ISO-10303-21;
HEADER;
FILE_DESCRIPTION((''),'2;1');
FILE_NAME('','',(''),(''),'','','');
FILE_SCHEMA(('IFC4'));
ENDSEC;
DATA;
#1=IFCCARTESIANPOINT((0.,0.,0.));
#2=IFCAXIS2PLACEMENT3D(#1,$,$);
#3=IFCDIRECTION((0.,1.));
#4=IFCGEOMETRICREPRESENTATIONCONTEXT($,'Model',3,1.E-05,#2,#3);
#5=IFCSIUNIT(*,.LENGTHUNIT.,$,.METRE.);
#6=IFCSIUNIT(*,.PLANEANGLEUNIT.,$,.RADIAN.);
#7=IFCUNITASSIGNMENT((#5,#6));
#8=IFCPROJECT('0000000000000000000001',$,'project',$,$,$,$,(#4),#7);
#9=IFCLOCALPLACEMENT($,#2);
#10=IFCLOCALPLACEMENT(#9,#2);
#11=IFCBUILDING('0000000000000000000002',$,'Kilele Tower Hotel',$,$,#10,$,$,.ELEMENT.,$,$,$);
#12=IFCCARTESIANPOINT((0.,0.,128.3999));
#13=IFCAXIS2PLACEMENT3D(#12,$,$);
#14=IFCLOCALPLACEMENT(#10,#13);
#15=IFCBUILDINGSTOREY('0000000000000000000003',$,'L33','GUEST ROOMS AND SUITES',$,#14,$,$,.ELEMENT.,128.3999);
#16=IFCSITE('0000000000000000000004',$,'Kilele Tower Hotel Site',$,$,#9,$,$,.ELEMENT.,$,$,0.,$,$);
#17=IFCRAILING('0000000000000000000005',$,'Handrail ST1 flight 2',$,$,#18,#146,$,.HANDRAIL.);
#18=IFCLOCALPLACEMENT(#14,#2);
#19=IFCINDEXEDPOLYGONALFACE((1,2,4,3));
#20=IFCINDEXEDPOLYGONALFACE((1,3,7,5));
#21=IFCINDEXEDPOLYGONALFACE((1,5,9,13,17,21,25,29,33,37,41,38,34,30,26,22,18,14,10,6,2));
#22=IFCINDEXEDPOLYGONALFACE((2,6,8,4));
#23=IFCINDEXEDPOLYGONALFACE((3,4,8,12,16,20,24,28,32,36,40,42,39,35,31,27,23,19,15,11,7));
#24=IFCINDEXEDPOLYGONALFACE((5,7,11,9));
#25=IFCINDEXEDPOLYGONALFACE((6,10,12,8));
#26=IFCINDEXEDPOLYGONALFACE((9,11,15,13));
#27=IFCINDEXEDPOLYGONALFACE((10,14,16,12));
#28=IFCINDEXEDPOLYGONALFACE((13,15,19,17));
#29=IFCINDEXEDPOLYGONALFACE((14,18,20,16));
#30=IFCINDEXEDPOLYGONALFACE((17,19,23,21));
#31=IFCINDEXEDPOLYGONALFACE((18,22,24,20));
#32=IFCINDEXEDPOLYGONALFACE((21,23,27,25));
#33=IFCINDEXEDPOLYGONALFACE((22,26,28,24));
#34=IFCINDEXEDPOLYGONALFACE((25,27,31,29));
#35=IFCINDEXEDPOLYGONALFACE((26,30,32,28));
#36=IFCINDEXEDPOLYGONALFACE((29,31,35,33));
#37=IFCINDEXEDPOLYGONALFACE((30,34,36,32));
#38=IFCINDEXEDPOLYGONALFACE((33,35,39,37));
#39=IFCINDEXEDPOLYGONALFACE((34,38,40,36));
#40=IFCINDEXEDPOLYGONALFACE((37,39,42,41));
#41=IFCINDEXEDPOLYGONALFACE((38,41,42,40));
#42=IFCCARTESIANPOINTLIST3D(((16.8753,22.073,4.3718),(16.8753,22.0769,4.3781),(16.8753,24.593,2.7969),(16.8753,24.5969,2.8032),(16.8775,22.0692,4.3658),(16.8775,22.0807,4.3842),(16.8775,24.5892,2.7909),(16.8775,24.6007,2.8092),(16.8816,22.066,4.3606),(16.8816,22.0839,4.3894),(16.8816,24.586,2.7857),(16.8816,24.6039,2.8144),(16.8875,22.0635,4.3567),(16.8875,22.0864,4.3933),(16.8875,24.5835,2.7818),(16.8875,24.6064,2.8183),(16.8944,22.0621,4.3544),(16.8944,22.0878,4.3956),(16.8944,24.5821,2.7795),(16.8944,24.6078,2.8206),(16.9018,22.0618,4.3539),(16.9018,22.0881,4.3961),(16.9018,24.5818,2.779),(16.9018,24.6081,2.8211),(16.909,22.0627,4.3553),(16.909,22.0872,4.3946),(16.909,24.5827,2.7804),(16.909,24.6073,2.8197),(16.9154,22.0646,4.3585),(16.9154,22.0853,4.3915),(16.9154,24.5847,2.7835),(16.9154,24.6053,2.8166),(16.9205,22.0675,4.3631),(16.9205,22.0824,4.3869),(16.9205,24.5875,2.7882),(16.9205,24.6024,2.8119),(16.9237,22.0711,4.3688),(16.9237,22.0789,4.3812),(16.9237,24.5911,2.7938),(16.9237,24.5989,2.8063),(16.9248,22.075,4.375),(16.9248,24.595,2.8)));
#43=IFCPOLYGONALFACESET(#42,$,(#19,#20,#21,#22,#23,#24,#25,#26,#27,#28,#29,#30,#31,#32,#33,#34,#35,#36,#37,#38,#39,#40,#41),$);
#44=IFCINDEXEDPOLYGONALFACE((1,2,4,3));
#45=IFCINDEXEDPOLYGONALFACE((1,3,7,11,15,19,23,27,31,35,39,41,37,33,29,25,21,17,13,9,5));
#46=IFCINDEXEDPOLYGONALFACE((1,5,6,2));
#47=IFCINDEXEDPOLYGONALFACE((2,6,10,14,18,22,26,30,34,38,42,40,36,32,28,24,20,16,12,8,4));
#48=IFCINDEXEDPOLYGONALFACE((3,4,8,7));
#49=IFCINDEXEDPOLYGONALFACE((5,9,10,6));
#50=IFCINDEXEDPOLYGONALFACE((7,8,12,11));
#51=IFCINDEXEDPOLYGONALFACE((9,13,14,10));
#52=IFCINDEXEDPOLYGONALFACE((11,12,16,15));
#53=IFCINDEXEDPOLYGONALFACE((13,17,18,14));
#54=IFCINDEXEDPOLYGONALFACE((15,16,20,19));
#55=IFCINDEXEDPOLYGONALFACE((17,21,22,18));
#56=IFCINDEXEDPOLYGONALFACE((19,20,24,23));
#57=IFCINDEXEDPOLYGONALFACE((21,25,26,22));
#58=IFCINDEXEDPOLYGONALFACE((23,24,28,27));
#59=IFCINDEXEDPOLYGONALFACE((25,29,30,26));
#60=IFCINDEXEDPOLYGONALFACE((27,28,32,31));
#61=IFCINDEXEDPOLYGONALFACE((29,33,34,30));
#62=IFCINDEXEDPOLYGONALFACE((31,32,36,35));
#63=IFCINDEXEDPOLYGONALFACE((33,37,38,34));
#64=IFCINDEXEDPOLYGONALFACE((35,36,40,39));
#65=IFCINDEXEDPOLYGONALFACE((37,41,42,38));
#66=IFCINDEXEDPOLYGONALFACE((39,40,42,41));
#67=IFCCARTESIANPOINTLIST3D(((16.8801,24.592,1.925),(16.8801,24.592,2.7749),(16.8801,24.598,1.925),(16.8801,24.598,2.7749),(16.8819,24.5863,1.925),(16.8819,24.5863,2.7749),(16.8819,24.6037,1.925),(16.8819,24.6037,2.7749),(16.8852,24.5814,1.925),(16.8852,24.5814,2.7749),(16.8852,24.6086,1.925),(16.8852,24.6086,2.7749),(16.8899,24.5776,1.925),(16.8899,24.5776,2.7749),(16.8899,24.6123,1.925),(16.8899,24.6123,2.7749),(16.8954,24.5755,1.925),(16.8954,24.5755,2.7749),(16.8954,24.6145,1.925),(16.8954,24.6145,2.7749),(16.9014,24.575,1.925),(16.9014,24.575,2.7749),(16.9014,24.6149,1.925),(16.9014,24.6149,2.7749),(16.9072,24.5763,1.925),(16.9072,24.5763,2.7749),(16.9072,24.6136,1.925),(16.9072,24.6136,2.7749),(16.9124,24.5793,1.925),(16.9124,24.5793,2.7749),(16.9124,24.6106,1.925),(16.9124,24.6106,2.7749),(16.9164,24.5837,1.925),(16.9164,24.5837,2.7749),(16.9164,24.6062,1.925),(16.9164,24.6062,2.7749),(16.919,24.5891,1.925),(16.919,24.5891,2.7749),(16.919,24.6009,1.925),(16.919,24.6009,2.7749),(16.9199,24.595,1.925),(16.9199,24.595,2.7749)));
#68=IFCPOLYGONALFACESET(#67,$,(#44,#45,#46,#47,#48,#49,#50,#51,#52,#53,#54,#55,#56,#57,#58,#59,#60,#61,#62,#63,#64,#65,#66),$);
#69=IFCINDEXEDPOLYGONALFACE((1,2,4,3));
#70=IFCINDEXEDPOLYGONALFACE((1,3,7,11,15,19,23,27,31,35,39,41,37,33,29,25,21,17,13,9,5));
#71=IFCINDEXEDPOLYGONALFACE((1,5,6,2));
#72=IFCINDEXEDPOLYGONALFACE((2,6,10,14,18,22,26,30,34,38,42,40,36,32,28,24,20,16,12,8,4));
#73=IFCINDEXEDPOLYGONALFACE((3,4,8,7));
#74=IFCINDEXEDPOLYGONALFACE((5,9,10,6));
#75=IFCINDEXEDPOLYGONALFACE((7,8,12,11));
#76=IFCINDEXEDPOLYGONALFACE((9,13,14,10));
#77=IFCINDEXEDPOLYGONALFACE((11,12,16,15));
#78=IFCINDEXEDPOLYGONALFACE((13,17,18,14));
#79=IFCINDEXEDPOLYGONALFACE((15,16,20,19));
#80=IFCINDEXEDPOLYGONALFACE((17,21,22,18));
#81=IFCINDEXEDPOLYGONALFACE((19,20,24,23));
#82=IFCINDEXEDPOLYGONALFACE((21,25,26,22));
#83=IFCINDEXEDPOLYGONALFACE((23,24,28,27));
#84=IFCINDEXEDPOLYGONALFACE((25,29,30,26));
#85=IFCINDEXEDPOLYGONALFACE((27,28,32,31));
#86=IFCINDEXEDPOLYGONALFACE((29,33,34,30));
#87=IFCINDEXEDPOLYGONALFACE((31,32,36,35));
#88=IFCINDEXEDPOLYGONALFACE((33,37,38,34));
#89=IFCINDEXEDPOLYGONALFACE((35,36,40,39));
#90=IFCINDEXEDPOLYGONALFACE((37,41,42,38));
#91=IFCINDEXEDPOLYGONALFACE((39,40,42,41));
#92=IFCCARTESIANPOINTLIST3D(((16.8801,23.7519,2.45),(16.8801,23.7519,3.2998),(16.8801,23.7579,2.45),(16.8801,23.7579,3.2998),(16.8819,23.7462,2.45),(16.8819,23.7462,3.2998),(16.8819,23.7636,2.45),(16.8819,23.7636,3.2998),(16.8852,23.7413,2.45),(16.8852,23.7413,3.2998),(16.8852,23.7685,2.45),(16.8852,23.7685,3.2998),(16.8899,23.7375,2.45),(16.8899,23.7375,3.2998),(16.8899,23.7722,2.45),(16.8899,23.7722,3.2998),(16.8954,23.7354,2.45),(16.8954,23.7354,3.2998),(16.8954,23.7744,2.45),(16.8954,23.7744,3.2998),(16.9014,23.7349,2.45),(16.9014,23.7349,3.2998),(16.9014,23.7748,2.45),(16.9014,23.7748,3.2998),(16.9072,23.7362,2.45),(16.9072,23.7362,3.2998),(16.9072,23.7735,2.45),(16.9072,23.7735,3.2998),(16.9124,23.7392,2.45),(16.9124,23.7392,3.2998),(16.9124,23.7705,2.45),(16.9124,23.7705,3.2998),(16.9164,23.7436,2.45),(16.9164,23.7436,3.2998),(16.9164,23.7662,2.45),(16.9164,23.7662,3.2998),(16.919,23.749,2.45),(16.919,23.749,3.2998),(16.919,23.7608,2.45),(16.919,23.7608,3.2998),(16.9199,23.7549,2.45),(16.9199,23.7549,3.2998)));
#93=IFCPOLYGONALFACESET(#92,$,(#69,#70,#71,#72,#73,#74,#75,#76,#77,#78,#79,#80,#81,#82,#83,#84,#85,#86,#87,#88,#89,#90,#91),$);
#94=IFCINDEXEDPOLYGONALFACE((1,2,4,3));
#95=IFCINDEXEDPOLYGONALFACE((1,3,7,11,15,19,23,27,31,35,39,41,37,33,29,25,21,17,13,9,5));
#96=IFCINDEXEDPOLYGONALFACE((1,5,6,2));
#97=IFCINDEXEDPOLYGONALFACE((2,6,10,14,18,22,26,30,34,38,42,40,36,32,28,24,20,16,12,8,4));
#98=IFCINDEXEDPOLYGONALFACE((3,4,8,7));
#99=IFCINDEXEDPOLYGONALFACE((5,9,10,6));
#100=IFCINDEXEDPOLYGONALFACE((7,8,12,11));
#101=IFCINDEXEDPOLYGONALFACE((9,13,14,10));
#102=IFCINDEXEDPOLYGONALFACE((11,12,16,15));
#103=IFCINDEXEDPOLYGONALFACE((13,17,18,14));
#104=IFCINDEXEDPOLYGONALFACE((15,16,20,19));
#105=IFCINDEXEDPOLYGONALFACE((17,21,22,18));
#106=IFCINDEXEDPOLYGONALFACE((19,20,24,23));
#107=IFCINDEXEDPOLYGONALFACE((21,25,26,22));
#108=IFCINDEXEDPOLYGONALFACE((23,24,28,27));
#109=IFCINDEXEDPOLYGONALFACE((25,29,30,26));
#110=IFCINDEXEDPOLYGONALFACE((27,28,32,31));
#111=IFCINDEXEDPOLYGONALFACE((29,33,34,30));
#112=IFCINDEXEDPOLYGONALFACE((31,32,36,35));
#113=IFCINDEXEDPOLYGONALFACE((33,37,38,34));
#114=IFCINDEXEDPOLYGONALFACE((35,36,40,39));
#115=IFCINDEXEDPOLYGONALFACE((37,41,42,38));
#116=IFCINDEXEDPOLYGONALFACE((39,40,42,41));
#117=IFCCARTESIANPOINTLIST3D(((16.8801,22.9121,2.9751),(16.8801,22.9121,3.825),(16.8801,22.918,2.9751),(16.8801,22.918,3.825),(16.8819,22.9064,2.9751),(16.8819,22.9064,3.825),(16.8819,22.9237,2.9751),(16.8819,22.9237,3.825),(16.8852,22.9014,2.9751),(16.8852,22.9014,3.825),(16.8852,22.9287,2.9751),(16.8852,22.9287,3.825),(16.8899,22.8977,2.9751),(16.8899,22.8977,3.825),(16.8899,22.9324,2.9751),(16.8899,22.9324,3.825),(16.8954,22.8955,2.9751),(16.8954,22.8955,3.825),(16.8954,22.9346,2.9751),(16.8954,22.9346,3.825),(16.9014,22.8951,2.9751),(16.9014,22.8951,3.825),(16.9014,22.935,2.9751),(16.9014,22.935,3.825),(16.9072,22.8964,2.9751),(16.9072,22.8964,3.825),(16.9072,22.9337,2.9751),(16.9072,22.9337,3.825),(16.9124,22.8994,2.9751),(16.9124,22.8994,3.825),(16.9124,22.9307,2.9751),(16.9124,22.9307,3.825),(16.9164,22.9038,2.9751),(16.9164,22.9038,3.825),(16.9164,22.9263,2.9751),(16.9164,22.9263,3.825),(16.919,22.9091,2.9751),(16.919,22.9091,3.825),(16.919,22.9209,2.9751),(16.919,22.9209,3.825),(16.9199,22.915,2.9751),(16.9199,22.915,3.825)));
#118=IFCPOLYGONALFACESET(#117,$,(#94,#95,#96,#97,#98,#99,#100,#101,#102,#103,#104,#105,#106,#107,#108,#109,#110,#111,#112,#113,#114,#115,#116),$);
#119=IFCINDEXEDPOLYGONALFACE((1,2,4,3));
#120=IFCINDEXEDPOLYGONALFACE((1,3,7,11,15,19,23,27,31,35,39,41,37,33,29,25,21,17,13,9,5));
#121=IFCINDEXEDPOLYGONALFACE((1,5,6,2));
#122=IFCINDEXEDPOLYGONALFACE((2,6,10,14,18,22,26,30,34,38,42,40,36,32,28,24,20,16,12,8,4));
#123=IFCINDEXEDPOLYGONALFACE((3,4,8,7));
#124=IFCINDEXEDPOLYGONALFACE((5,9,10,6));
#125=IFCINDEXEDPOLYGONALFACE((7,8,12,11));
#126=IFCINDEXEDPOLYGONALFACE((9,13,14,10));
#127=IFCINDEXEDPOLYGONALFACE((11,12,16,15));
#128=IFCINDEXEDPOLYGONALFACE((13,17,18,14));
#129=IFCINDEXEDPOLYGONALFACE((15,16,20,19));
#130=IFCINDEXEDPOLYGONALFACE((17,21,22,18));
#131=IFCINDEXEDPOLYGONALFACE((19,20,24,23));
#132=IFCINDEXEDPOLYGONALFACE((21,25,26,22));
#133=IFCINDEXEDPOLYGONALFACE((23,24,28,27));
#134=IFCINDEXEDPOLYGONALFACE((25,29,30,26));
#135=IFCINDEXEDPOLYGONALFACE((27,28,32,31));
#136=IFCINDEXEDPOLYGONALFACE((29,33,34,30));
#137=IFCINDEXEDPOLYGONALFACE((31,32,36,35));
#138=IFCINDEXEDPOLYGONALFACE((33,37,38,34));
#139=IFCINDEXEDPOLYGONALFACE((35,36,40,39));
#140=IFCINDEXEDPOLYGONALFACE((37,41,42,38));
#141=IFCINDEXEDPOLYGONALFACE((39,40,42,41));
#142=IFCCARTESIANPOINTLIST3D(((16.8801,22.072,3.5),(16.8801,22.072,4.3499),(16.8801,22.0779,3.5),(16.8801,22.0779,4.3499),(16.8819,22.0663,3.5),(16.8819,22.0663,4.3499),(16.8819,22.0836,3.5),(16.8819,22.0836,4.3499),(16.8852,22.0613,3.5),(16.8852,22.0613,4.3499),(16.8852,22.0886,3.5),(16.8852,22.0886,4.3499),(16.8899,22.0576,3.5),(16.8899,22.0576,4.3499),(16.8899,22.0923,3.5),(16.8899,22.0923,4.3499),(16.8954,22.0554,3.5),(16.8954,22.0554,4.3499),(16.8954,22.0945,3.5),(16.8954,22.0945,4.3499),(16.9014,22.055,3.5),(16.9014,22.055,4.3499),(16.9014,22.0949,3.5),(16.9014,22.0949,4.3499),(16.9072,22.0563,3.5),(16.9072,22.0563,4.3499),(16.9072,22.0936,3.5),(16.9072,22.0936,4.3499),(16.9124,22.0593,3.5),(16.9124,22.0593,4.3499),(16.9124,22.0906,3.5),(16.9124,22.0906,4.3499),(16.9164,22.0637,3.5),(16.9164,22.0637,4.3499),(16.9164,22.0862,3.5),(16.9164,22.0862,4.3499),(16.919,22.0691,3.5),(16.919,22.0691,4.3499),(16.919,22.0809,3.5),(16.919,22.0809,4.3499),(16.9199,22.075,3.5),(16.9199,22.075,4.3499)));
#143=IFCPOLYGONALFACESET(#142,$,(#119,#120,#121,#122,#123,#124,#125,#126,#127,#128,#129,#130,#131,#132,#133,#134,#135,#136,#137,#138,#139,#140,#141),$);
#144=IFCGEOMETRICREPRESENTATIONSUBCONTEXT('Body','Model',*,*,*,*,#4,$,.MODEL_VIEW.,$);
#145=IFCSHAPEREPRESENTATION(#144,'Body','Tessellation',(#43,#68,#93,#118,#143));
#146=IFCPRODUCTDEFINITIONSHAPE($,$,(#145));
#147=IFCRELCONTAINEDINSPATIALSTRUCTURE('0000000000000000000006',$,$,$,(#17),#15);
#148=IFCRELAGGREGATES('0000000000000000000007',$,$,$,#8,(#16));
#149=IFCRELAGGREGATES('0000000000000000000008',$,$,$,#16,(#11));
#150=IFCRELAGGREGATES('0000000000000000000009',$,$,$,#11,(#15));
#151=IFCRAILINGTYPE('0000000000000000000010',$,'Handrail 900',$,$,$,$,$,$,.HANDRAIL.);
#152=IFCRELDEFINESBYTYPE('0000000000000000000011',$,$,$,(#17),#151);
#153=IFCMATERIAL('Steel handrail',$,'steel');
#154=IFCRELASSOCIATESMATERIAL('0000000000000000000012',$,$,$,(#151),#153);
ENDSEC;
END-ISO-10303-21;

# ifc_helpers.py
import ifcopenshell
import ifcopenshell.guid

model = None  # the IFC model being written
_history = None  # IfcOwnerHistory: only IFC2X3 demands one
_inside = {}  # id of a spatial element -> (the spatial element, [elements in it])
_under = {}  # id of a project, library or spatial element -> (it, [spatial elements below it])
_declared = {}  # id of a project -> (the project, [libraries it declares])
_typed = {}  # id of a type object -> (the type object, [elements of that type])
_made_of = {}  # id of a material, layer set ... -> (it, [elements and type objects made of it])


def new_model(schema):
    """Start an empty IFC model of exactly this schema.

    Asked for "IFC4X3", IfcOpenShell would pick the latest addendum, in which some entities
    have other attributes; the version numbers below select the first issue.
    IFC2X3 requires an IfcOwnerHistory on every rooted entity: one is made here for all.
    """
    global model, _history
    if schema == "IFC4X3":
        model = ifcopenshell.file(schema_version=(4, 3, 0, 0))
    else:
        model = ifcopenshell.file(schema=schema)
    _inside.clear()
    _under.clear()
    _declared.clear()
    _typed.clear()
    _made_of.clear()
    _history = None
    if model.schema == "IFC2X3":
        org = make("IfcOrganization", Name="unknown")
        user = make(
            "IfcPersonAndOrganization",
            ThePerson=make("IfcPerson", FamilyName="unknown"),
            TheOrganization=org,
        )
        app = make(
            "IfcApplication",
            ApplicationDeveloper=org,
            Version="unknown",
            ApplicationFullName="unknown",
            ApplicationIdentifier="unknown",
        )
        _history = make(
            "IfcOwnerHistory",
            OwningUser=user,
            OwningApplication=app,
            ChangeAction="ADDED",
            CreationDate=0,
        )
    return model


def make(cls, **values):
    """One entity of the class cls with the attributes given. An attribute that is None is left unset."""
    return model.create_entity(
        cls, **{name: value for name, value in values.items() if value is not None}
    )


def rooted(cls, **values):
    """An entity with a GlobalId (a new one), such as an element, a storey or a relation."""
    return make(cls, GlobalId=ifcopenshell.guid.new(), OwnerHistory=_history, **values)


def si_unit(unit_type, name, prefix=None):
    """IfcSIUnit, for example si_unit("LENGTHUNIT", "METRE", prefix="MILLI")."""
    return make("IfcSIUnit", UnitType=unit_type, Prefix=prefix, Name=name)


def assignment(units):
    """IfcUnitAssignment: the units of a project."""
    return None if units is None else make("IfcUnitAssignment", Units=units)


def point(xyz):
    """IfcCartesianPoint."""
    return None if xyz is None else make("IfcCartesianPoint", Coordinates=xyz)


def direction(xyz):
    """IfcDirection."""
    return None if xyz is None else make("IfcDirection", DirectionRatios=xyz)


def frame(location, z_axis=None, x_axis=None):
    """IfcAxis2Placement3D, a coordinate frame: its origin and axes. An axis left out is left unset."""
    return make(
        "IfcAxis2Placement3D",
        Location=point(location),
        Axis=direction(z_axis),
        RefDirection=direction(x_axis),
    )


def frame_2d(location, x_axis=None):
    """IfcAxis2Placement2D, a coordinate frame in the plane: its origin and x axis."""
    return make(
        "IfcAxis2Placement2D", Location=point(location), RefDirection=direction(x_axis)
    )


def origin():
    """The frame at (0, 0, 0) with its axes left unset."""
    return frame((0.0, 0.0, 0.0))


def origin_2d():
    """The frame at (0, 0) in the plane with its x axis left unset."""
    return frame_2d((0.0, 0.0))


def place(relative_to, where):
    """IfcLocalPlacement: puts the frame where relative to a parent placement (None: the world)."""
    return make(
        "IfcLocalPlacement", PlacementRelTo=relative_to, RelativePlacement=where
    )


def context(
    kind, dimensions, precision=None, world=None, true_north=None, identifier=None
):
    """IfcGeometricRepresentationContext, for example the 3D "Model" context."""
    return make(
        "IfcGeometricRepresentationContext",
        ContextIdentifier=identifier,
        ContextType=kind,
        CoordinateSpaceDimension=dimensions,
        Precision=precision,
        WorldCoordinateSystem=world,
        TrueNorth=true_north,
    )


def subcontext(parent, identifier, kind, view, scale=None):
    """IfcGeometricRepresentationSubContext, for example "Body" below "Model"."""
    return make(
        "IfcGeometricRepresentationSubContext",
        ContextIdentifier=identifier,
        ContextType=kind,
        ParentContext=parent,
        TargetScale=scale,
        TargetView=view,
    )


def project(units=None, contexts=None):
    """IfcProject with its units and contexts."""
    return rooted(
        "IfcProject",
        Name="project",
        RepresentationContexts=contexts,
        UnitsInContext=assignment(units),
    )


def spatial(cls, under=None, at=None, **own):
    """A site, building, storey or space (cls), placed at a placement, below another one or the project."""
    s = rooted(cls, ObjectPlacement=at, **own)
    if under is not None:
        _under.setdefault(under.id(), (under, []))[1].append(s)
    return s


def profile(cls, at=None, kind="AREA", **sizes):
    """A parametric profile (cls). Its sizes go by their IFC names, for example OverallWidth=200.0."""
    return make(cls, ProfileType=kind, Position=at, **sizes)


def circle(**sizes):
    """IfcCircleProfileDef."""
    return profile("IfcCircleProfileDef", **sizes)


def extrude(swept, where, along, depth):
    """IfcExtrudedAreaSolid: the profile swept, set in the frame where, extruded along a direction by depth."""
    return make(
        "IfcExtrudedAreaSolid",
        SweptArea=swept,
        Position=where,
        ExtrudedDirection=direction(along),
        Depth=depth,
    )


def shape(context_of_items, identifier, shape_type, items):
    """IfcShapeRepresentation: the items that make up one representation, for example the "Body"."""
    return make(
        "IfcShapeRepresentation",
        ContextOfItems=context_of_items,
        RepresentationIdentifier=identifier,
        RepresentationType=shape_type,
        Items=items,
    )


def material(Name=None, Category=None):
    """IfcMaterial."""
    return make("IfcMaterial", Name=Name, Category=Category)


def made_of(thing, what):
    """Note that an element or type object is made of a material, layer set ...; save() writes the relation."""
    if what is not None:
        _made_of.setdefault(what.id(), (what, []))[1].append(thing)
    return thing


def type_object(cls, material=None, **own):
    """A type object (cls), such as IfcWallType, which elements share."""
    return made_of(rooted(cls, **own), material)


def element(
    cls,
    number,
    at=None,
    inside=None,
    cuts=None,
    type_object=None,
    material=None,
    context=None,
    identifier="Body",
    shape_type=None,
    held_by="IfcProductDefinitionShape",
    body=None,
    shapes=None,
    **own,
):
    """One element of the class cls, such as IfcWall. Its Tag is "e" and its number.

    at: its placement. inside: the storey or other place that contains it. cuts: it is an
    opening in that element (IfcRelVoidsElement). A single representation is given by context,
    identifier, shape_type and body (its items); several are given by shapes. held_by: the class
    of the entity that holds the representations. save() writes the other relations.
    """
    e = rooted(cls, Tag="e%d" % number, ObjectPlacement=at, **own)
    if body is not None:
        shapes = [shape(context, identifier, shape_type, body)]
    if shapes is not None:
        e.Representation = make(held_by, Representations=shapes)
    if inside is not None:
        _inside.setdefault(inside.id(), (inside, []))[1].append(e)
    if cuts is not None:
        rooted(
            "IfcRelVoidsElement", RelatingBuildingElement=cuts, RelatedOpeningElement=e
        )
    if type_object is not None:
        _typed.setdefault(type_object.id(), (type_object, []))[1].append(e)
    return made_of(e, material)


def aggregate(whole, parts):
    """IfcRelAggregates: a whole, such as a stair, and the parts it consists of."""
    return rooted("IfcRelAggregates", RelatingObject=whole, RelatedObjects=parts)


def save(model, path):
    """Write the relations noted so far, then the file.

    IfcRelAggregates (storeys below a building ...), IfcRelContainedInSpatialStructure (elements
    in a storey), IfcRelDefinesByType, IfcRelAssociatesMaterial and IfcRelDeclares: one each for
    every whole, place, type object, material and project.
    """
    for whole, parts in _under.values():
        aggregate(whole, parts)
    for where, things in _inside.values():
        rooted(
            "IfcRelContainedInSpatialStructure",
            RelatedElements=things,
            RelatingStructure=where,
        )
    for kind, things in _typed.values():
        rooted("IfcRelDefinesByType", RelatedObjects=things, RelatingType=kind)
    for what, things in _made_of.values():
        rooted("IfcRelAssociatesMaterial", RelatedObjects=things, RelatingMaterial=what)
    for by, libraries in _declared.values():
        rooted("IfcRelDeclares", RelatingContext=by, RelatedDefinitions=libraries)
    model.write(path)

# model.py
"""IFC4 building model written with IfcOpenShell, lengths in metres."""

from ifc_helpers import new_model, si_unit, direction, frame, origin, origin_2d, place, context, subcontext, project, spatial, circle, extrude, material, type_object, element, save


model = new_model("IFC4")

# Units and contexts
model_context = context("Model", 3, precision=1e-05, world=origin(), true_north=direction((0.0, 1.0)))
body_context = subcontext(model_context, "Body", "Model", "MODEL_VIEW")
ifc_project = project(units=[si_unit("LENGTHUNIT", "METRE"), si_unit("PLANEANGLEUNIT", "RADIAN")], contexts=[model_context])

# Site, building, storey
site_placement = place(None, origin())
site = spatial("IfcSite", under=ifc_project, at=site_placement, Name="Kilele Tower Hotel Site", CompositionType="ELEMENT", RefElevation=0.0)
building_placement = place(site_placement, origin())
building = spatial("IfcBuilding", under=site, at=building_placement, Name="Kilele Tower Hotel", CompositionType="ELEMENT")
storey_placement = place(building_placement, frame((0.0, 0.0, 128.3999)))
storey = spatial("IfcBuildingStorey", under=building, at=storey_placement, Name="L33", Description="GUEST ROOMS AND SUITES", CompositionType="ELEMENT", Elevation=128.3999)

# Railing
ifc_material_1 = material(Name="Steel handrail", Category="steel")
railing_type_1 = type_object("IfcRailingType", Name="Handrail 900", PredefinedType="HANDRAIL", material=ifc_material_1)
for number, where, name in (
    (1, (16.8999, 24.595, 1.925), "Handrail ST1 flight 2"),
):
    element("IfcRailing", number, at=place(storey_placement, frame(where)), inside=storey, type_object=railing_type_1, Name=name, PredefinedType="HANDRAIL", context=body_context, shape_type="SweptSolid", body=[
        extrude(circle(Radius=0.0249, at=origin_2d()), frame((0.0, 0.0, 0.875), z_axis=(0.0, -0.848008, 0.529984), x_axis=(1.0, 0.0, 0.0)), (0.0, 0.0, 1.0), 2.9717),
        extrude(circle(Radius=0.02, at=origin_2d()), origin(), (0.0, 0.0, 1.0), 0.8499),
        extrude(circle(Radius=0.02, at=origin_2d()), frame((0.0, -0.8401, 0.5249)), (0.0, 0.0, 1.0), 0.8499),
        extrude(circle(Radius=0.02, at=origin_2d()), frame((0.0, -1.6799, 1.05)), (0.0, 0.0, 1.0), 0.8499),
        extrude(circle(Radius=0.02, at=origin_2d()), frame((0.0, -2.52, 1.575)), (0.0, 0.0, 1.0), 0.8499),
    ])

save(model, "model.ifc")
